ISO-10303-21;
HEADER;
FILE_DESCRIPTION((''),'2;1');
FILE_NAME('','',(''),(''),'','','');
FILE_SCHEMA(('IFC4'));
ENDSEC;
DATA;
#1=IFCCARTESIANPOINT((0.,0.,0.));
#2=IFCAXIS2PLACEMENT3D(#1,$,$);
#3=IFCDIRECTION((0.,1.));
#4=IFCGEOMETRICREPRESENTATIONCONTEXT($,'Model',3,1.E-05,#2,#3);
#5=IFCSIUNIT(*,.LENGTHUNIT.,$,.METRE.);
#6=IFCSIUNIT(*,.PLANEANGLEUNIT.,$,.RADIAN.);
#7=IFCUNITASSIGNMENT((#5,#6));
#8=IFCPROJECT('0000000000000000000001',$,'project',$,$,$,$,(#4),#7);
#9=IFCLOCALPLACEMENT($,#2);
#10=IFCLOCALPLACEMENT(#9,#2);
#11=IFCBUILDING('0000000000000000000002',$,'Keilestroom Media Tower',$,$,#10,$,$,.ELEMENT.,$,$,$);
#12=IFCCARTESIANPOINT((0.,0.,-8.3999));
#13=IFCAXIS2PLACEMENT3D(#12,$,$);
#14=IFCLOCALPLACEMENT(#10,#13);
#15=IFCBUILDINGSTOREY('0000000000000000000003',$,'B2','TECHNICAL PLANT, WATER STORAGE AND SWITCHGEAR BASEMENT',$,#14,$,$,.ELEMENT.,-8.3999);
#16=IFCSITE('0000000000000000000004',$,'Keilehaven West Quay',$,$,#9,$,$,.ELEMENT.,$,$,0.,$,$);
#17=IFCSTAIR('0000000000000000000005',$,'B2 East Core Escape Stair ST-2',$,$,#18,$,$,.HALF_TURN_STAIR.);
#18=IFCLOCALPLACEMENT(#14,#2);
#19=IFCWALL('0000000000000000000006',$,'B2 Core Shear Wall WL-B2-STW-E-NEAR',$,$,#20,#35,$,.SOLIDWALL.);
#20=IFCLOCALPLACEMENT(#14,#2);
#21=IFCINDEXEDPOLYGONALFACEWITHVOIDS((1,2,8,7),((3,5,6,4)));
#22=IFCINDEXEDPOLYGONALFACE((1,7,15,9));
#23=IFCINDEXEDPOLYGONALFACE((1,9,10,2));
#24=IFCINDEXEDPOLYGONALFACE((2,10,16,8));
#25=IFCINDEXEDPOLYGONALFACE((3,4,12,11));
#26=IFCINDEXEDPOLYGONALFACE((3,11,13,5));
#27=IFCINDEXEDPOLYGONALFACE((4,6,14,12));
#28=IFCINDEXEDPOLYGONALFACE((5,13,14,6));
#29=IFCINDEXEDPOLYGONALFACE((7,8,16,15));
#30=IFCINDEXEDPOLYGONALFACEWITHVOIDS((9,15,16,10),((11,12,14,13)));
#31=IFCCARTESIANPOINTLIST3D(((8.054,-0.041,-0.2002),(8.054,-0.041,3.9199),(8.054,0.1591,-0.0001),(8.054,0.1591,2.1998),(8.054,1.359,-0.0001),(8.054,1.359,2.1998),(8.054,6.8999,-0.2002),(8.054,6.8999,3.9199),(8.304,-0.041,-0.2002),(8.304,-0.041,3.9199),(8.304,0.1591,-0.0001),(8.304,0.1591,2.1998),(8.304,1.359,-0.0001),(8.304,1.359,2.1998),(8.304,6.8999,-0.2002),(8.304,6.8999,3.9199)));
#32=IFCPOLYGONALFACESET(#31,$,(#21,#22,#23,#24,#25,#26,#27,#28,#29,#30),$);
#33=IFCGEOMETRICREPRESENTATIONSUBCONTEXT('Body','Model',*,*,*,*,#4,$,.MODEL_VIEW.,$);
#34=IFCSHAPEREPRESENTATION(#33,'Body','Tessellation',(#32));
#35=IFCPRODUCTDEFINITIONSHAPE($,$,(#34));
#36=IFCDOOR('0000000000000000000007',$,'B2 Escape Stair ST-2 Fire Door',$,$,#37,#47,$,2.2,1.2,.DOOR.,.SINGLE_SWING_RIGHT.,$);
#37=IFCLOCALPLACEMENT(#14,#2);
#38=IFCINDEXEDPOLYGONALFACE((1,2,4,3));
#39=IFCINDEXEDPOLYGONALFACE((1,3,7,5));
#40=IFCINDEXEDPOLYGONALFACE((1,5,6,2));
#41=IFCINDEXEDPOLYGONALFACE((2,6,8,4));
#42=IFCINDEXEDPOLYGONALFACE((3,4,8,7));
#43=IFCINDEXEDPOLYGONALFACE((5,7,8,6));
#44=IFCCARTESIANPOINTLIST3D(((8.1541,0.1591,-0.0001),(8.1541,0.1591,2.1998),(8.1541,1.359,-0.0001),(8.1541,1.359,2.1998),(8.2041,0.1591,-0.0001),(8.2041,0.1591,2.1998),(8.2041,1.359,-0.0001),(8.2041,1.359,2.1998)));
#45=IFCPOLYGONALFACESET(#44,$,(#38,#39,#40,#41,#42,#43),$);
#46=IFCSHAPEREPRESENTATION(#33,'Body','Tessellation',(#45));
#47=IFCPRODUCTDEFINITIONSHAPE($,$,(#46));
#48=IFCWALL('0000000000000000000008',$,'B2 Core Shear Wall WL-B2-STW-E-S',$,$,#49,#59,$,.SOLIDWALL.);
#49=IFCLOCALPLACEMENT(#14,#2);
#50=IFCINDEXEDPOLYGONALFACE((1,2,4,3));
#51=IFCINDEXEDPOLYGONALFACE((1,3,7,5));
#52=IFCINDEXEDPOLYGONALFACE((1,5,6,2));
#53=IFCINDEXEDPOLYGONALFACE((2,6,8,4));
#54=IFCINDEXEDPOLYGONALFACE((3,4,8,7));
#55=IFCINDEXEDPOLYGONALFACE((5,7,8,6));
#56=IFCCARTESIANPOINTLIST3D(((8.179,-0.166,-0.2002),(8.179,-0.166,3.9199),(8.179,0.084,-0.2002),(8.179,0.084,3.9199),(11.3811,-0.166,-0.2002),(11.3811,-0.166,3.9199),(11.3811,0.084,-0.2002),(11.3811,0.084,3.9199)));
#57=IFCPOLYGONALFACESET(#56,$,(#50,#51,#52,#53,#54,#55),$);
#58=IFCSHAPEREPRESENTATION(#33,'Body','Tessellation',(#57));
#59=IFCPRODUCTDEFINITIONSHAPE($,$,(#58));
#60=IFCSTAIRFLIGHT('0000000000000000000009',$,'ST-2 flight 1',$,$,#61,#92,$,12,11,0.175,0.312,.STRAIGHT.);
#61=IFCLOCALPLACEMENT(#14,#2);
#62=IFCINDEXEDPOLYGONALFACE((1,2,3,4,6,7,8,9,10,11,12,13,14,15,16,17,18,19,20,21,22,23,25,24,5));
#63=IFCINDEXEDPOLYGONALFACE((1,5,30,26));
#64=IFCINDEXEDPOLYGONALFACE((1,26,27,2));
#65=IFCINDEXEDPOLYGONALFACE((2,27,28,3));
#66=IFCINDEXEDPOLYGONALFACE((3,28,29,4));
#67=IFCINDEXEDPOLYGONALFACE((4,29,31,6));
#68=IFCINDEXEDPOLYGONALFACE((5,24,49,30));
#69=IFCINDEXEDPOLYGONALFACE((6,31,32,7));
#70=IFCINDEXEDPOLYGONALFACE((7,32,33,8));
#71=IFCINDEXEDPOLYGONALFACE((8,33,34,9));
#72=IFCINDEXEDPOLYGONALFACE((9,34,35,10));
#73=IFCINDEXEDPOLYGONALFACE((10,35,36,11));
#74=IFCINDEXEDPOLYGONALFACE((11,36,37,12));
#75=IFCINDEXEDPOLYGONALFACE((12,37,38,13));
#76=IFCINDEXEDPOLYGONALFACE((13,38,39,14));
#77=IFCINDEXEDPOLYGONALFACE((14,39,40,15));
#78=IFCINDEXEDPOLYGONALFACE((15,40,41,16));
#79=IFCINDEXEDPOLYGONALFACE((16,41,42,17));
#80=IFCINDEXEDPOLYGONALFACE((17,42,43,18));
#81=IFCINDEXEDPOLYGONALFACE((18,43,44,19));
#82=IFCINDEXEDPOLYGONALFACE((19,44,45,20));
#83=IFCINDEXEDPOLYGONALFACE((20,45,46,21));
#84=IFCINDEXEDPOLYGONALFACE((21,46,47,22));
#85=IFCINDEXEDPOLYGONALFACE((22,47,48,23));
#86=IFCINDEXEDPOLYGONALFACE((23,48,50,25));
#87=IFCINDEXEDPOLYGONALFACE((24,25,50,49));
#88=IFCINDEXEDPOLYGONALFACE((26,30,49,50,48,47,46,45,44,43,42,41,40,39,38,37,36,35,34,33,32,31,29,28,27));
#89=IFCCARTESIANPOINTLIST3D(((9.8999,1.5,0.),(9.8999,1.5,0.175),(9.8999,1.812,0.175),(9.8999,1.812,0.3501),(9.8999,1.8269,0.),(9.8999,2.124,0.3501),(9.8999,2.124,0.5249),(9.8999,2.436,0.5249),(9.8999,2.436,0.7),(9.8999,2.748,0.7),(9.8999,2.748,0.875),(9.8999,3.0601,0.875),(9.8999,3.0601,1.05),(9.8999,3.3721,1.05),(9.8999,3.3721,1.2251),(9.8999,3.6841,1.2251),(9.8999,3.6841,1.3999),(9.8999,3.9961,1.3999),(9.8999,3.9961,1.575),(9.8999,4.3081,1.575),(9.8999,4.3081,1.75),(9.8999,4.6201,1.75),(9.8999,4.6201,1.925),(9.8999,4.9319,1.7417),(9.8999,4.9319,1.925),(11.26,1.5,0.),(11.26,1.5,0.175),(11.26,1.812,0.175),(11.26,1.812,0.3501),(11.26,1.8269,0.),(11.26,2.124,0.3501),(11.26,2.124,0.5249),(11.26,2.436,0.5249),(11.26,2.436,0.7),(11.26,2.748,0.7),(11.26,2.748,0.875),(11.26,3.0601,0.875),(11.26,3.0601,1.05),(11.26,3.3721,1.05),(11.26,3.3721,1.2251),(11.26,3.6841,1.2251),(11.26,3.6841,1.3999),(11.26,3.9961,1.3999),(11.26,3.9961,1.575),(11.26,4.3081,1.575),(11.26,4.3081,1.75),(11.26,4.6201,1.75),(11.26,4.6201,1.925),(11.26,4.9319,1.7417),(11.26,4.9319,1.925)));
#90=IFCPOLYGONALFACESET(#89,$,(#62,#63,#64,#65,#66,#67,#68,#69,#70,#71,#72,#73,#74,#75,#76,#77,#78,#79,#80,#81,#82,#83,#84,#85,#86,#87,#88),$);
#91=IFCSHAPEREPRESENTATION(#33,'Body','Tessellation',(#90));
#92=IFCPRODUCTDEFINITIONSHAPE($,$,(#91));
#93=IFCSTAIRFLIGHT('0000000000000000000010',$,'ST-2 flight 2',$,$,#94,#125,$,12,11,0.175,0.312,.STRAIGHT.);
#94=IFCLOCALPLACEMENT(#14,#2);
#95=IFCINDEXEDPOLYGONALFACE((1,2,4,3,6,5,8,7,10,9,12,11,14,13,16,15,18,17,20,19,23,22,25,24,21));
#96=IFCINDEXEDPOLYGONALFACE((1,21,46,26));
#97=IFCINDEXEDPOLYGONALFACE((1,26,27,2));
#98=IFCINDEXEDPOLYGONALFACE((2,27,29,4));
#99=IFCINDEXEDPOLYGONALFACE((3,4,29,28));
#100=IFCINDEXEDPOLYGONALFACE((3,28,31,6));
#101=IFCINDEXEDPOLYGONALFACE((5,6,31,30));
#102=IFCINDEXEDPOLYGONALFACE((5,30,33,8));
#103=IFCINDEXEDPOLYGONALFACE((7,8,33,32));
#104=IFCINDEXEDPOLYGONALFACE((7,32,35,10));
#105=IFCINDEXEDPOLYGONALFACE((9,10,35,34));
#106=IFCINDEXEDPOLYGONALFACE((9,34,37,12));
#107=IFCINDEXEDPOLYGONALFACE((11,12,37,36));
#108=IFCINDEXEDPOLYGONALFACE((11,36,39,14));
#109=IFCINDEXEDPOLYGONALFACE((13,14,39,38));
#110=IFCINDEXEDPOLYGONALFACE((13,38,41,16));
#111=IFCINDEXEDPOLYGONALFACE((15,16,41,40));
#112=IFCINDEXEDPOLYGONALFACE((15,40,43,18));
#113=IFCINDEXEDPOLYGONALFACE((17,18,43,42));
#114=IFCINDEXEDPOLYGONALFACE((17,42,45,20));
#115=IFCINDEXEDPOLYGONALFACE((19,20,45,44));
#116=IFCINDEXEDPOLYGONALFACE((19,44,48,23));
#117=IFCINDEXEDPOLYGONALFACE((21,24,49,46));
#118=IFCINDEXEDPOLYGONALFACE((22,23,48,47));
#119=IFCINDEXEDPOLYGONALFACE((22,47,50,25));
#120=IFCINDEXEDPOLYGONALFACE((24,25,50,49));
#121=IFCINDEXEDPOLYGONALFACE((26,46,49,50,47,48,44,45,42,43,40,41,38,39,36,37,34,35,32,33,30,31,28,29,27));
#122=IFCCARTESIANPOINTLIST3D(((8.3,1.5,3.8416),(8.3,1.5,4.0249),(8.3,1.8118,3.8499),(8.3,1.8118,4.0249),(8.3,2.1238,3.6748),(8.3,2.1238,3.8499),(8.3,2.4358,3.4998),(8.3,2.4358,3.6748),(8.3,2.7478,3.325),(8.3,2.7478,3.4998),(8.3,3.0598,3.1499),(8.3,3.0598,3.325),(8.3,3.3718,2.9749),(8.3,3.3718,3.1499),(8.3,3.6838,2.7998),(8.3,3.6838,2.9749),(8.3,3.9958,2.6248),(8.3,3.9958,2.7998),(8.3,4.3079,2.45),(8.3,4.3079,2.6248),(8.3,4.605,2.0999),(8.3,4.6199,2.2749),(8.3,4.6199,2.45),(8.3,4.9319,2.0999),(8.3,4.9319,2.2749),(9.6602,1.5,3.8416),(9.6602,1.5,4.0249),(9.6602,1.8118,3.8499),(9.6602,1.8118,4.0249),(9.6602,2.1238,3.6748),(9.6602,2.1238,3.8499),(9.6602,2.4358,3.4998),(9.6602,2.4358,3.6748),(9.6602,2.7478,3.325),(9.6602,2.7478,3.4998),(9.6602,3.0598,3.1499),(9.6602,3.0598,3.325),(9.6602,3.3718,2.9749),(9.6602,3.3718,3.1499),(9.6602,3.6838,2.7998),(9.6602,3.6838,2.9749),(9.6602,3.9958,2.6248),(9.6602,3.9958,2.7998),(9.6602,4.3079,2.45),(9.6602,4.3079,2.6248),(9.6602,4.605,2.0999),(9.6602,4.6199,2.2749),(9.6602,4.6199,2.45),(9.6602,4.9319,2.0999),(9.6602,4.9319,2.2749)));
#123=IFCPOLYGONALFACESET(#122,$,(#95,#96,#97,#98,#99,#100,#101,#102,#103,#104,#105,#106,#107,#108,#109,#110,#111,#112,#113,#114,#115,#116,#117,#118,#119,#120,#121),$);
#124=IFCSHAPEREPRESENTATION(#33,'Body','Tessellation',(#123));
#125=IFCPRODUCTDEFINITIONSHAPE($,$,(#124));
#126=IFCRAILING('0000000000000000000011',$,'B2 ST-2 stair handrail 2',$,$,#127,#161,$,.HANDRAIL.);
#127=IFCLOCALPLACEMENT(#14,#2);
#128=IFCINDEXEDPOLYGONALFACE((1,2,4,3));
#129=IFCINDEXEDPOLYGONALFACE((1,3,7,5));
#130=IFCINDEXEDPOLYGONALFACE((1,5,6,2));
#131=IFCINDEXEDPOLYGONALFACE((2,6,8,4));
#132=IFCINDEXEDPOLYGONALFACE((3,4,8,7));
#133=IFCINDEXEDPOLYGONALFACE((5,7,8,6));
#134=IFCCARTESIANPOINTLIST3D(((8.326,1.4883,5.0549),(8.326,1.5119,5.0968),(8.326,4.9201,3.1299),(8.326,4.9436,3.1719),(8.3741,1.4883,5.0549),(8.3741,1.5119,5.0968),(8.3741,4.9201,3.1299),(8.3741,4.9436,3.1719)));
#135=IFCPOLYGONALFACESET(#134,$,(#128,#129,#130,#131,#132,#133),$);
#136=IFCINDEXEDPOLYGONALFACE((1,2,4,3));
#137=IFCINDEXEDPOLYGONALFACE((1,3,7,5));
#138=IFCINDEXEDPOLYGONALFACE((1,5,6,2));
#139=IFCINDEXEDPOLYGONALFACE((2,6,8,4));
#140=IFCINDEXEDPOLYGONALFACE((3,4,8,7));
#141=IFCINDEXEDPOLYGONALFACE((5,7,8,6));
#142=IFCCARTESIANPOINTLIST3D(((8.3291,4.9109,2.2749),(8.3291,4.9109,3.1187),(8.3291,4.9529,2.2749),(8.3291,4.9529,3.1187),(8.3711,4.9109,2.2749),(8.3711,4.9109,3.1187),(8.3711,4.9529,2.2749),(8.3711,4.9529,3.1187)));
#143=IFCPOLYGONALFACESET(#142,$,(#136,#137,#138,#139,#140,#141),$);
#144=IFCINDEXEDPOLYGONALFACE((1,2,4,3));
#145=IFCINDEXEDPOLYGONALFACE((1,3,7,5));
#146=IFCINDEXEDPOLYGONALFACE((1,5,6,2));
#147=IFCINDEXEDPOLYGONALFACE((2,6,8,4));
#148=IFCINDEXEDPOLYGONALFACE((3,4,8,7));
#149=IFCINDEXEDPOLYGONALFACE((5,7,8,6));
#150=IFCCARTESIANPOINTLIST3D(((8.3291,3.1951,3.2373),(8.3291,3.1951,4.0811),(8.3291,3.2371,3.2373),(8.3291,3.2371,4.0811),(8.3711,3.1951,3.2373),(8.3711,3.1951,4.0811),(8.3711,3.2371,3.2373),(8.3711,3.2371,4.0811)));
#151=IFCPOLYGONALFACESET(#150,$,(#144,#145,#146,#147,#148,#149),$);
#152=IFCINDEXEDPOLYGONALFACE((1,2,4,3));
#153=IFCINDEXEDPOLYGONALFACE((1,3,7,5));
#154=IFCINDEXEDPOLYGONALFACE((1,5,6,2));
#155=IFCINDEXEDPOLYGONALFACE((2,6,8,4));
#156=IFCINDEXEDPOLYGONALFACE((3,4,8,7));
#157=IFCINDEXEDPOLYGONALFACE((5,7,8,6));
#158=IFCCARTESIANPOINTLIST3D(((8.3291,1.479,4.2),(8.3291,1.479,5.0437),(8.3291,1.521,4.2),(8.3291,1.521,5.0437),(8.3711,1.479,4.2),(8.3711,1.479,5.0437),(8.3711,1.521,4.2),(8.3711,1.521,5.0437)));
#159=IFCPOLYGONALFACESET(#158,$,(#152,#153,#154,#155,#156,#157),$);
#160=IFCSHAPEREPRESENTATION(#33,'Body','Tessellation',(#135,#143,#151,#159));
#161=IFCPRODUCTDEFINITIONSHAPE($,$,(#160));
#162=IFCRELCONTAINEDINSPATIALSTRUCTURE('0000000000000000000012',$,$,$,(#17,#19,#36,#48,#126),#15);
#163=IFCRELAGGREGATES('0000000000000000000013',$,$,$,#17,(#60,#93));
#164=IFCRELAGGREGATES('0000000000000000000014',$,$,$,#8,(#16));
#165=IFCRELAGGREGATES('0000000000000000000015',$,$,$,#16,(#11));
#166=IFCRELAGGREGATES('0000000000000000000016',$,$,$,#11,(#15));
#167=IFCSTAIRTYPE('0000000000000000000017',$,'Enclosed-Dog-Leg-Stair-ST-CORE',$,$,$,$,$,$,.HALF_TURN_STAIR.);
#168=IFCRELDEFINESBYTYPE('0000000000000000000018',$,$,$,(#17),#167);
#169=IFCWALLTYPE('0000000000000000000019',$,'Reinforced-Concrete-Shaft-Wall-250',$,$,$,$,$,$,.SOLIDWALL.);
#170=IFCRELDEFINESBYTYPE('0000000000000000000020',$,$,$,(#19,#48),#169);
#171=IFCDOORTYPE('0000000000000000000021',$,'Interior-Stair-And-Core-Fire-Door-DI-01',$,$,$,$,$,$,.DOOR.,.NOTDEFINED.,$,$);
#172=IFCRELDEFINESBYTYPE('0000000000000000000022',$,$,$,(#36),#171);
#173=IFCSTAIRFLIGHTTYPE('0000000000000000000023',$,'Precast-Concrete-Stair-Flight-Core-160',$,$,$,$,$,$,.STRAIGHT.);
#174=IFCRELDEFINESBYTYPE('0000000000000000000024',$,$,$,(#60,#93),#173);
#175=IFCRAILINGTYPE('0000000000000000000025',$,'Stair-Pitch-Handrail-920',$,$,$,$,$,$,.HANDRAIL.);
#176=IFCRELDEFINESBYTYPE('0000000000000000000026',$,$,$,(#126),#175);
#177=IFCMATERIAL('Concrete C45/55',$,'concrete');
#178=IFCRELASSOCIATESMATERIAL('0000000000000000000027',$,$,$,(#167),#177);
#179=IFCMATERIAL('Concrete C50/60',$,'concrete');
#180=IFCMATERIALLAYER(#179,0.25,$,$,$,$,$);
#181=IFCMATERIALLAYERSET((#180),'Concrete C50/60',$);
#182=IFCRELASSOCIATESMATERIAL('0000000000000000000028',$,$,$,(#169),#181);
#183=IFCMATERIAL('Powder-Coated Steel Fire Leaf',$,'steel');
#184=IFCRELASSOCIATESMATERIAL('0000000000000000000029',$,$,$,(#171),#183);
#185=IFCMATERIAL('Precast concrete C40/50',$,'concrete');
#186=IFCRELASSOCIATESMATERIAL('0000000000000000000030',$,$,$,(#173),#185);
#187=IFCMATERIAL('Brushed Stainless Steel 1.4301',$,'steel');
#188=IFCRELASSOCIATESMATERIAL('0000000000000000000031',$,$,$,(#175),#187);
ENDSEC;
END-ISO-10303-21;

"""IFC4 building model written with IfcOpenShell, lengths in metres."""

from ifc_helpers import new_model, si_unit, direction, frame, frame_2d, origin, origin_2d, place, context, subcontext, project, spatial, polyline, rectangle, outline, extrude, source, transform, mapped, material, layer, layer_set, type_object, element, fill, aggregate, save


model = new_model("IFC4")

# Units and contexts
model_context = context("Model", 3, precision=1e-05, world=origin(), true_north=direction((0.0, 1.0)))
body_context = subcontext(model_context, "Body", "Model", "MODEL_VIEW")
ifc_project = project(units=[si_unit("LENGTHUNIT", "METRE"), si_unit("PLANEANGLEUNIT", "RADIAN")], contexts=[model_context])

# Site, building, storey
site_placement = place(None, origin())
site = spatial("IfcSite", under=ifc_project, at=site_placement, Name="Keilehaven West Quay", CompositionType="ELEMENT", RefElevation=0.0)
building_placement = place(site_placement, origin())
building = spatial("IfcBuilding", under=site, at=building_placement, Name="Keilestroom Media Tower", CompositionType="ELEMENT")
storey_placement = place(building_placement, frame((0.0, 0.0, -8.3999)))
storey = spatial("IfcBuildingStorey", under=building, at=storey_placement, Name="B2", Description="TECHNICAL PLANT, WATER STORAGE AND SWITCHGEAR BASEMENT", CompositionType="ELEMENT", Elevation=-8.3999)

# Shared definitions
ifc_material_1 = material(Name="Concrete C45/55", Category="concrete")

# Shared definitions
ifc_material_2 = material(Name="Concrete C50/60", Category="concrete")

# Stair
stair_type_1 = type_object("IfcStairType", Name="Enclosed-Dog-Leg-Stair-ST-CORE", PredefinedType="HALF_TURN_STAIR", material=ifc_material_1)
stair_1_placement = place(storey_placement, origin())
stair_1 = element("IfcStair", 1, at=stair_1_placement, inside=storey, type_object=stair_type_1, Name="B2 East Core Escape Stair ST-2", PredefinedType="HALF_TURN_STAIR")

# Shared definitions
ifc_layer_1 = layer(ifc_material_2, 0.25)
ifc_layer_set_1 = layer_set([ifc_layer_1], Name="Concrete C50/60")
wall_type_1 = type_object("IfcWallType", Name="Reinforced-Concrete-Shaft-Wall-250", PredefinedType="SOLIDWALL", material=ifc_layer_set_1)

# Wall, opening, door
wall_1_placement = place(storey_placement, frame((8.179, -0.041, -0.2002), z_axis=(0.0, 0.0, 1.0), x_axis=(0.0, 1.0, 0.0)))
wall_1 = element("IfcWall", 2, at=wall_1_placement, inside=storey, type_object=wall_type_1, Name="B2 Core Shear Wall WL-B2-STW-E-NEAR", PredefinedType="SOLIDWALL", context=body_context, shape_type="SweptSolid", body=[
    extrude(rectangle(XDim=6.9409, YDim=0.25, at=frame_2d((3.4705, 0.0))), origin(), (0.0, 0.0, 1.0), 4.1201),
])
opening_placement = place(wall_1_placement, frame((0.2, 0.0, 0.2)))
opening = element("IfcOpeningElement", 3, at=opening_placement, cuts=wall_1, PredefinedType="OPENING", context=body_context, shape_type="SweptSolid", body=[
    extrude(rectangle(XDim=1.2, YDim=2.2, at=frame_2d((0.6001, 1.1001))), frame((0.0, 0.135, 0.0), z_axis=(0.0, -1.0, 0.0), x_axis=(1.0, 0.0, 0.0)), (0.0, 0.0, 1.0), 0.27),
])
ifc_material_3 = material(Name="Powder-Coated Steel Fire Leaf", Category="steel")
door_type = type_object("IfcDoorType", Name="Interior-Stair-And-Core-Fire-Door-DI-01", OperationType="NOTDEFINED", PredefinedType="DOOR", material=ifc_material_3)
shared_shape_1 = source(origin(), body_context, "Body", "SweptSolid", [
    extrude(rectangle(XDim=1.2, YDim=2.2, at=frame_2d((0.6001, 1.1001))), frame((0.0, 0.0249, 0.0), z_axis=(0.0, -1.0, 0.0), x_axis=(1.0, 0.0, 0.0)), (0.0, 0.0, 1.0), 0.05),
])
door_placement = place(opening_placement, origin())
door = element("IfcDoor", 4, at=door_placement, inside=storey, type_object=door_type, Name="B2 Escape Stair ST-2 Fire Door", OperationType="SINGLE_SWING_RIGHT", OverallHeight=2.2, OverallWidth=1.2, PredefinedType="DOOR", context=body_context, shape_type="MappedRepresentation", body=[
    mapped(shared_shape_1, transform((0.0, 0.0, 0.0), x_axis=(1.0, 0.0, 0.0), y_axis=(0.0, 1.0, 0.0), z_axis=(0.0, 0.0, 1.0), scale=1.0)),
])
fill(opening, door)

# Wall
wall_2_placement = place(storey_placement, frame((8.179, -0.041, -0.2002), z_axis=(0.0, 0.0, 1.0), x_axis=(1.0, 0.0, 0.0)))
element("IfcWall", 5, at=wall_2_placement, inside=storey, type_object=wall_type_1, Name="B2 Core Shear Wall WL-B2-STW-E-S", PredefinedType="SOLIDWALL", context=body_context, shape_type="SweptSolid", body=[
    extrude(rectangle(XDim=3.2021, YDim=0.25, at=frame_2d((1.6011, 0.0))), origin(), (0.0, 0.0, 1.0), 4.1201),
])

# Stair flights
ifc_material_4 = material(Name="Precast concrete C40/50", Category="concrete")
stair_flight_type = type_object("IfcStairFlightType", Name="Precast-Concrete-Stair-Flight-Core-160", PredefinedType="STRAIGHT", material=ifc_material_4)
stair_flight_1_placement = place(storey_placement, frame((10.5801, 1.5, 0.0), z_axis=(0.0, 0.0, 1.0), x_axis=(0.0, 1.0, 0.0)))
stair_flight_1 = element("IfcStairFlight", 6, at=stair_flight_1_placement, type_object=stair_flight_type, Name="ST-2 flight 1", NumberOfRisers=12, NumberOfTreads=11, PredefinedType="STRAIGHT", RiserHeight=0.175, TreadLength=0.312, context=body_context, shape_type="SweptSolid", body=[
    extrude(outline(polyline([(0.0, 0.0), (0.0, 0.175), (0.312, 0.175), (0.312, 0.3501), (0.624, 0.3501), (0.624, 0.5249), (0.936, 0.5249), (0.936, 0.7), (1.248, 0.7), (1.248, 0.875), (1.5601, 0.875), (1.5601, 1.05), (1.8721, 1.05), (1.8721, 1.2251), (2.1841, 1.2251), (2.1841, 1.3999), (2.4961, 1.3999), (2.4961, 1.575), (2.8081, 1.575), (2.8081, 1.75), (3.1201, 1.75), (3.1201, 1.925), (3.4319, 1.925), (3.4319, 2.1001), (3.4319, 1.7417), (0.3269, 0.0), (0.0, 0.0)])), frame((0.0, 0.6802, 0.0), z_axis=(0.0, -1.0, 0.0), x_axis=(1.0, 0.0, 0.0)), (0.0, 0.0, 1.0), 1.3601),
])
stair_flight_2_placement = place(storey_placement, frame((8.98, 4.9319, 2.0999), z_axis=(0.0, 0.0, 1.0), x_axis=(0.0, -1.0, 0.0)))
stair_flight_2 = element("IfcStairFlight", 7, at=stair_flight_2_placement, type_object=stair_flight_type, Name="ST-2 flight 2", NumberOfRisers=12, NumberOfTreads=11, PredefinedType="STRAIGHT", RiserHeight=0.175, TreadLength=0.312, context=body_context, shape_type="SweptSolid", body=[
    extrude(outline(polyline([(0.0, 0.0), (0.0, 0.175), (0.312, 0.175), (0.312, 0.3501), (0.624, 0.3501), (0.624, 0.5249), (0.936, 0.5249), (0.936, 0.7), (1.248, 0.7), (1.248, 0.875), (1.5601, 0.875), (1.5601, 1.05), (1.8721, 1.05), (1.8721, 1.2251), (2.1841, 1.2251), (2.1841, 1.3999), (2.4961, 1.3999), (2.4961, 1.575), (2.8081, 1.575), (2.8081, 1.75), (3.1201, 1.75), (3.1201, 1.925), (3.4319, 1.925), (3.4319, 2.1001), (3.4319, 1.7417), (0.3269, 0.0), (0.0, 0.0)])), frame((0.0, 0.6802, 0.0), z_axis=(0.0, -1.0, 0.0), x_axis=(1.0, 0.0, 0.0)), (0.0, 0.0, 1.0), 1.3601),
])
aggregate(stair_1, [stair_flight_1, stair_flight_2])

# Railing
ifc_material_5 = material(Name="Brushed Stainless Steel 1.4301", Category="steel")
railing_type_1 = type_object("IfcRailingType", Name="Stair-Pitch-Handrail-920", PredefinedType="HANDRAIL", material=ifc_material_5)
railing_1_placement = place(storey_placement, frame((8.3501, 4.9319, 2.2749)))
element("IfcRailing", 8, at=railing_1_placement, inside=storey, type_object=railing_type_1, Name="B2 ST-2 stair handrail 2", PredefinedType="HANDRAIL", context=body_context, shape_type="SweptSolid", body=[
    extrude(rectangle(XDim=0.0481, YDim=0.0481, at=origin_2d()), frame((0.0, 0.0, 0.876), z_axis=(0.0, -0.87216, 0.489221), x_axis=(1.0, 0.0, 0.0)), (0.0, 0.0, 1.0), 3.9348),
    extrude(rectangle(XDim=0.042, YDim=0.042, at=origin_2d()), origin(), (0.0, 0.0, 1.0), 0.8438),
    extrude(rectangle(XDim=0.042, YDim=0.042, at=origin_2d()), frame((0.0, -1.7158, 0.9624)), (0.0, 0.0, 1.0), 0.8438),
    extrude(rectangle(XDim=0.042, YDim=0.042, at=origin_2d()), frame((0.0, -3.4319, 1.925)), (0.0, 0.0, 1.0), 0.8438),
])

save(model, "model.ifc")
